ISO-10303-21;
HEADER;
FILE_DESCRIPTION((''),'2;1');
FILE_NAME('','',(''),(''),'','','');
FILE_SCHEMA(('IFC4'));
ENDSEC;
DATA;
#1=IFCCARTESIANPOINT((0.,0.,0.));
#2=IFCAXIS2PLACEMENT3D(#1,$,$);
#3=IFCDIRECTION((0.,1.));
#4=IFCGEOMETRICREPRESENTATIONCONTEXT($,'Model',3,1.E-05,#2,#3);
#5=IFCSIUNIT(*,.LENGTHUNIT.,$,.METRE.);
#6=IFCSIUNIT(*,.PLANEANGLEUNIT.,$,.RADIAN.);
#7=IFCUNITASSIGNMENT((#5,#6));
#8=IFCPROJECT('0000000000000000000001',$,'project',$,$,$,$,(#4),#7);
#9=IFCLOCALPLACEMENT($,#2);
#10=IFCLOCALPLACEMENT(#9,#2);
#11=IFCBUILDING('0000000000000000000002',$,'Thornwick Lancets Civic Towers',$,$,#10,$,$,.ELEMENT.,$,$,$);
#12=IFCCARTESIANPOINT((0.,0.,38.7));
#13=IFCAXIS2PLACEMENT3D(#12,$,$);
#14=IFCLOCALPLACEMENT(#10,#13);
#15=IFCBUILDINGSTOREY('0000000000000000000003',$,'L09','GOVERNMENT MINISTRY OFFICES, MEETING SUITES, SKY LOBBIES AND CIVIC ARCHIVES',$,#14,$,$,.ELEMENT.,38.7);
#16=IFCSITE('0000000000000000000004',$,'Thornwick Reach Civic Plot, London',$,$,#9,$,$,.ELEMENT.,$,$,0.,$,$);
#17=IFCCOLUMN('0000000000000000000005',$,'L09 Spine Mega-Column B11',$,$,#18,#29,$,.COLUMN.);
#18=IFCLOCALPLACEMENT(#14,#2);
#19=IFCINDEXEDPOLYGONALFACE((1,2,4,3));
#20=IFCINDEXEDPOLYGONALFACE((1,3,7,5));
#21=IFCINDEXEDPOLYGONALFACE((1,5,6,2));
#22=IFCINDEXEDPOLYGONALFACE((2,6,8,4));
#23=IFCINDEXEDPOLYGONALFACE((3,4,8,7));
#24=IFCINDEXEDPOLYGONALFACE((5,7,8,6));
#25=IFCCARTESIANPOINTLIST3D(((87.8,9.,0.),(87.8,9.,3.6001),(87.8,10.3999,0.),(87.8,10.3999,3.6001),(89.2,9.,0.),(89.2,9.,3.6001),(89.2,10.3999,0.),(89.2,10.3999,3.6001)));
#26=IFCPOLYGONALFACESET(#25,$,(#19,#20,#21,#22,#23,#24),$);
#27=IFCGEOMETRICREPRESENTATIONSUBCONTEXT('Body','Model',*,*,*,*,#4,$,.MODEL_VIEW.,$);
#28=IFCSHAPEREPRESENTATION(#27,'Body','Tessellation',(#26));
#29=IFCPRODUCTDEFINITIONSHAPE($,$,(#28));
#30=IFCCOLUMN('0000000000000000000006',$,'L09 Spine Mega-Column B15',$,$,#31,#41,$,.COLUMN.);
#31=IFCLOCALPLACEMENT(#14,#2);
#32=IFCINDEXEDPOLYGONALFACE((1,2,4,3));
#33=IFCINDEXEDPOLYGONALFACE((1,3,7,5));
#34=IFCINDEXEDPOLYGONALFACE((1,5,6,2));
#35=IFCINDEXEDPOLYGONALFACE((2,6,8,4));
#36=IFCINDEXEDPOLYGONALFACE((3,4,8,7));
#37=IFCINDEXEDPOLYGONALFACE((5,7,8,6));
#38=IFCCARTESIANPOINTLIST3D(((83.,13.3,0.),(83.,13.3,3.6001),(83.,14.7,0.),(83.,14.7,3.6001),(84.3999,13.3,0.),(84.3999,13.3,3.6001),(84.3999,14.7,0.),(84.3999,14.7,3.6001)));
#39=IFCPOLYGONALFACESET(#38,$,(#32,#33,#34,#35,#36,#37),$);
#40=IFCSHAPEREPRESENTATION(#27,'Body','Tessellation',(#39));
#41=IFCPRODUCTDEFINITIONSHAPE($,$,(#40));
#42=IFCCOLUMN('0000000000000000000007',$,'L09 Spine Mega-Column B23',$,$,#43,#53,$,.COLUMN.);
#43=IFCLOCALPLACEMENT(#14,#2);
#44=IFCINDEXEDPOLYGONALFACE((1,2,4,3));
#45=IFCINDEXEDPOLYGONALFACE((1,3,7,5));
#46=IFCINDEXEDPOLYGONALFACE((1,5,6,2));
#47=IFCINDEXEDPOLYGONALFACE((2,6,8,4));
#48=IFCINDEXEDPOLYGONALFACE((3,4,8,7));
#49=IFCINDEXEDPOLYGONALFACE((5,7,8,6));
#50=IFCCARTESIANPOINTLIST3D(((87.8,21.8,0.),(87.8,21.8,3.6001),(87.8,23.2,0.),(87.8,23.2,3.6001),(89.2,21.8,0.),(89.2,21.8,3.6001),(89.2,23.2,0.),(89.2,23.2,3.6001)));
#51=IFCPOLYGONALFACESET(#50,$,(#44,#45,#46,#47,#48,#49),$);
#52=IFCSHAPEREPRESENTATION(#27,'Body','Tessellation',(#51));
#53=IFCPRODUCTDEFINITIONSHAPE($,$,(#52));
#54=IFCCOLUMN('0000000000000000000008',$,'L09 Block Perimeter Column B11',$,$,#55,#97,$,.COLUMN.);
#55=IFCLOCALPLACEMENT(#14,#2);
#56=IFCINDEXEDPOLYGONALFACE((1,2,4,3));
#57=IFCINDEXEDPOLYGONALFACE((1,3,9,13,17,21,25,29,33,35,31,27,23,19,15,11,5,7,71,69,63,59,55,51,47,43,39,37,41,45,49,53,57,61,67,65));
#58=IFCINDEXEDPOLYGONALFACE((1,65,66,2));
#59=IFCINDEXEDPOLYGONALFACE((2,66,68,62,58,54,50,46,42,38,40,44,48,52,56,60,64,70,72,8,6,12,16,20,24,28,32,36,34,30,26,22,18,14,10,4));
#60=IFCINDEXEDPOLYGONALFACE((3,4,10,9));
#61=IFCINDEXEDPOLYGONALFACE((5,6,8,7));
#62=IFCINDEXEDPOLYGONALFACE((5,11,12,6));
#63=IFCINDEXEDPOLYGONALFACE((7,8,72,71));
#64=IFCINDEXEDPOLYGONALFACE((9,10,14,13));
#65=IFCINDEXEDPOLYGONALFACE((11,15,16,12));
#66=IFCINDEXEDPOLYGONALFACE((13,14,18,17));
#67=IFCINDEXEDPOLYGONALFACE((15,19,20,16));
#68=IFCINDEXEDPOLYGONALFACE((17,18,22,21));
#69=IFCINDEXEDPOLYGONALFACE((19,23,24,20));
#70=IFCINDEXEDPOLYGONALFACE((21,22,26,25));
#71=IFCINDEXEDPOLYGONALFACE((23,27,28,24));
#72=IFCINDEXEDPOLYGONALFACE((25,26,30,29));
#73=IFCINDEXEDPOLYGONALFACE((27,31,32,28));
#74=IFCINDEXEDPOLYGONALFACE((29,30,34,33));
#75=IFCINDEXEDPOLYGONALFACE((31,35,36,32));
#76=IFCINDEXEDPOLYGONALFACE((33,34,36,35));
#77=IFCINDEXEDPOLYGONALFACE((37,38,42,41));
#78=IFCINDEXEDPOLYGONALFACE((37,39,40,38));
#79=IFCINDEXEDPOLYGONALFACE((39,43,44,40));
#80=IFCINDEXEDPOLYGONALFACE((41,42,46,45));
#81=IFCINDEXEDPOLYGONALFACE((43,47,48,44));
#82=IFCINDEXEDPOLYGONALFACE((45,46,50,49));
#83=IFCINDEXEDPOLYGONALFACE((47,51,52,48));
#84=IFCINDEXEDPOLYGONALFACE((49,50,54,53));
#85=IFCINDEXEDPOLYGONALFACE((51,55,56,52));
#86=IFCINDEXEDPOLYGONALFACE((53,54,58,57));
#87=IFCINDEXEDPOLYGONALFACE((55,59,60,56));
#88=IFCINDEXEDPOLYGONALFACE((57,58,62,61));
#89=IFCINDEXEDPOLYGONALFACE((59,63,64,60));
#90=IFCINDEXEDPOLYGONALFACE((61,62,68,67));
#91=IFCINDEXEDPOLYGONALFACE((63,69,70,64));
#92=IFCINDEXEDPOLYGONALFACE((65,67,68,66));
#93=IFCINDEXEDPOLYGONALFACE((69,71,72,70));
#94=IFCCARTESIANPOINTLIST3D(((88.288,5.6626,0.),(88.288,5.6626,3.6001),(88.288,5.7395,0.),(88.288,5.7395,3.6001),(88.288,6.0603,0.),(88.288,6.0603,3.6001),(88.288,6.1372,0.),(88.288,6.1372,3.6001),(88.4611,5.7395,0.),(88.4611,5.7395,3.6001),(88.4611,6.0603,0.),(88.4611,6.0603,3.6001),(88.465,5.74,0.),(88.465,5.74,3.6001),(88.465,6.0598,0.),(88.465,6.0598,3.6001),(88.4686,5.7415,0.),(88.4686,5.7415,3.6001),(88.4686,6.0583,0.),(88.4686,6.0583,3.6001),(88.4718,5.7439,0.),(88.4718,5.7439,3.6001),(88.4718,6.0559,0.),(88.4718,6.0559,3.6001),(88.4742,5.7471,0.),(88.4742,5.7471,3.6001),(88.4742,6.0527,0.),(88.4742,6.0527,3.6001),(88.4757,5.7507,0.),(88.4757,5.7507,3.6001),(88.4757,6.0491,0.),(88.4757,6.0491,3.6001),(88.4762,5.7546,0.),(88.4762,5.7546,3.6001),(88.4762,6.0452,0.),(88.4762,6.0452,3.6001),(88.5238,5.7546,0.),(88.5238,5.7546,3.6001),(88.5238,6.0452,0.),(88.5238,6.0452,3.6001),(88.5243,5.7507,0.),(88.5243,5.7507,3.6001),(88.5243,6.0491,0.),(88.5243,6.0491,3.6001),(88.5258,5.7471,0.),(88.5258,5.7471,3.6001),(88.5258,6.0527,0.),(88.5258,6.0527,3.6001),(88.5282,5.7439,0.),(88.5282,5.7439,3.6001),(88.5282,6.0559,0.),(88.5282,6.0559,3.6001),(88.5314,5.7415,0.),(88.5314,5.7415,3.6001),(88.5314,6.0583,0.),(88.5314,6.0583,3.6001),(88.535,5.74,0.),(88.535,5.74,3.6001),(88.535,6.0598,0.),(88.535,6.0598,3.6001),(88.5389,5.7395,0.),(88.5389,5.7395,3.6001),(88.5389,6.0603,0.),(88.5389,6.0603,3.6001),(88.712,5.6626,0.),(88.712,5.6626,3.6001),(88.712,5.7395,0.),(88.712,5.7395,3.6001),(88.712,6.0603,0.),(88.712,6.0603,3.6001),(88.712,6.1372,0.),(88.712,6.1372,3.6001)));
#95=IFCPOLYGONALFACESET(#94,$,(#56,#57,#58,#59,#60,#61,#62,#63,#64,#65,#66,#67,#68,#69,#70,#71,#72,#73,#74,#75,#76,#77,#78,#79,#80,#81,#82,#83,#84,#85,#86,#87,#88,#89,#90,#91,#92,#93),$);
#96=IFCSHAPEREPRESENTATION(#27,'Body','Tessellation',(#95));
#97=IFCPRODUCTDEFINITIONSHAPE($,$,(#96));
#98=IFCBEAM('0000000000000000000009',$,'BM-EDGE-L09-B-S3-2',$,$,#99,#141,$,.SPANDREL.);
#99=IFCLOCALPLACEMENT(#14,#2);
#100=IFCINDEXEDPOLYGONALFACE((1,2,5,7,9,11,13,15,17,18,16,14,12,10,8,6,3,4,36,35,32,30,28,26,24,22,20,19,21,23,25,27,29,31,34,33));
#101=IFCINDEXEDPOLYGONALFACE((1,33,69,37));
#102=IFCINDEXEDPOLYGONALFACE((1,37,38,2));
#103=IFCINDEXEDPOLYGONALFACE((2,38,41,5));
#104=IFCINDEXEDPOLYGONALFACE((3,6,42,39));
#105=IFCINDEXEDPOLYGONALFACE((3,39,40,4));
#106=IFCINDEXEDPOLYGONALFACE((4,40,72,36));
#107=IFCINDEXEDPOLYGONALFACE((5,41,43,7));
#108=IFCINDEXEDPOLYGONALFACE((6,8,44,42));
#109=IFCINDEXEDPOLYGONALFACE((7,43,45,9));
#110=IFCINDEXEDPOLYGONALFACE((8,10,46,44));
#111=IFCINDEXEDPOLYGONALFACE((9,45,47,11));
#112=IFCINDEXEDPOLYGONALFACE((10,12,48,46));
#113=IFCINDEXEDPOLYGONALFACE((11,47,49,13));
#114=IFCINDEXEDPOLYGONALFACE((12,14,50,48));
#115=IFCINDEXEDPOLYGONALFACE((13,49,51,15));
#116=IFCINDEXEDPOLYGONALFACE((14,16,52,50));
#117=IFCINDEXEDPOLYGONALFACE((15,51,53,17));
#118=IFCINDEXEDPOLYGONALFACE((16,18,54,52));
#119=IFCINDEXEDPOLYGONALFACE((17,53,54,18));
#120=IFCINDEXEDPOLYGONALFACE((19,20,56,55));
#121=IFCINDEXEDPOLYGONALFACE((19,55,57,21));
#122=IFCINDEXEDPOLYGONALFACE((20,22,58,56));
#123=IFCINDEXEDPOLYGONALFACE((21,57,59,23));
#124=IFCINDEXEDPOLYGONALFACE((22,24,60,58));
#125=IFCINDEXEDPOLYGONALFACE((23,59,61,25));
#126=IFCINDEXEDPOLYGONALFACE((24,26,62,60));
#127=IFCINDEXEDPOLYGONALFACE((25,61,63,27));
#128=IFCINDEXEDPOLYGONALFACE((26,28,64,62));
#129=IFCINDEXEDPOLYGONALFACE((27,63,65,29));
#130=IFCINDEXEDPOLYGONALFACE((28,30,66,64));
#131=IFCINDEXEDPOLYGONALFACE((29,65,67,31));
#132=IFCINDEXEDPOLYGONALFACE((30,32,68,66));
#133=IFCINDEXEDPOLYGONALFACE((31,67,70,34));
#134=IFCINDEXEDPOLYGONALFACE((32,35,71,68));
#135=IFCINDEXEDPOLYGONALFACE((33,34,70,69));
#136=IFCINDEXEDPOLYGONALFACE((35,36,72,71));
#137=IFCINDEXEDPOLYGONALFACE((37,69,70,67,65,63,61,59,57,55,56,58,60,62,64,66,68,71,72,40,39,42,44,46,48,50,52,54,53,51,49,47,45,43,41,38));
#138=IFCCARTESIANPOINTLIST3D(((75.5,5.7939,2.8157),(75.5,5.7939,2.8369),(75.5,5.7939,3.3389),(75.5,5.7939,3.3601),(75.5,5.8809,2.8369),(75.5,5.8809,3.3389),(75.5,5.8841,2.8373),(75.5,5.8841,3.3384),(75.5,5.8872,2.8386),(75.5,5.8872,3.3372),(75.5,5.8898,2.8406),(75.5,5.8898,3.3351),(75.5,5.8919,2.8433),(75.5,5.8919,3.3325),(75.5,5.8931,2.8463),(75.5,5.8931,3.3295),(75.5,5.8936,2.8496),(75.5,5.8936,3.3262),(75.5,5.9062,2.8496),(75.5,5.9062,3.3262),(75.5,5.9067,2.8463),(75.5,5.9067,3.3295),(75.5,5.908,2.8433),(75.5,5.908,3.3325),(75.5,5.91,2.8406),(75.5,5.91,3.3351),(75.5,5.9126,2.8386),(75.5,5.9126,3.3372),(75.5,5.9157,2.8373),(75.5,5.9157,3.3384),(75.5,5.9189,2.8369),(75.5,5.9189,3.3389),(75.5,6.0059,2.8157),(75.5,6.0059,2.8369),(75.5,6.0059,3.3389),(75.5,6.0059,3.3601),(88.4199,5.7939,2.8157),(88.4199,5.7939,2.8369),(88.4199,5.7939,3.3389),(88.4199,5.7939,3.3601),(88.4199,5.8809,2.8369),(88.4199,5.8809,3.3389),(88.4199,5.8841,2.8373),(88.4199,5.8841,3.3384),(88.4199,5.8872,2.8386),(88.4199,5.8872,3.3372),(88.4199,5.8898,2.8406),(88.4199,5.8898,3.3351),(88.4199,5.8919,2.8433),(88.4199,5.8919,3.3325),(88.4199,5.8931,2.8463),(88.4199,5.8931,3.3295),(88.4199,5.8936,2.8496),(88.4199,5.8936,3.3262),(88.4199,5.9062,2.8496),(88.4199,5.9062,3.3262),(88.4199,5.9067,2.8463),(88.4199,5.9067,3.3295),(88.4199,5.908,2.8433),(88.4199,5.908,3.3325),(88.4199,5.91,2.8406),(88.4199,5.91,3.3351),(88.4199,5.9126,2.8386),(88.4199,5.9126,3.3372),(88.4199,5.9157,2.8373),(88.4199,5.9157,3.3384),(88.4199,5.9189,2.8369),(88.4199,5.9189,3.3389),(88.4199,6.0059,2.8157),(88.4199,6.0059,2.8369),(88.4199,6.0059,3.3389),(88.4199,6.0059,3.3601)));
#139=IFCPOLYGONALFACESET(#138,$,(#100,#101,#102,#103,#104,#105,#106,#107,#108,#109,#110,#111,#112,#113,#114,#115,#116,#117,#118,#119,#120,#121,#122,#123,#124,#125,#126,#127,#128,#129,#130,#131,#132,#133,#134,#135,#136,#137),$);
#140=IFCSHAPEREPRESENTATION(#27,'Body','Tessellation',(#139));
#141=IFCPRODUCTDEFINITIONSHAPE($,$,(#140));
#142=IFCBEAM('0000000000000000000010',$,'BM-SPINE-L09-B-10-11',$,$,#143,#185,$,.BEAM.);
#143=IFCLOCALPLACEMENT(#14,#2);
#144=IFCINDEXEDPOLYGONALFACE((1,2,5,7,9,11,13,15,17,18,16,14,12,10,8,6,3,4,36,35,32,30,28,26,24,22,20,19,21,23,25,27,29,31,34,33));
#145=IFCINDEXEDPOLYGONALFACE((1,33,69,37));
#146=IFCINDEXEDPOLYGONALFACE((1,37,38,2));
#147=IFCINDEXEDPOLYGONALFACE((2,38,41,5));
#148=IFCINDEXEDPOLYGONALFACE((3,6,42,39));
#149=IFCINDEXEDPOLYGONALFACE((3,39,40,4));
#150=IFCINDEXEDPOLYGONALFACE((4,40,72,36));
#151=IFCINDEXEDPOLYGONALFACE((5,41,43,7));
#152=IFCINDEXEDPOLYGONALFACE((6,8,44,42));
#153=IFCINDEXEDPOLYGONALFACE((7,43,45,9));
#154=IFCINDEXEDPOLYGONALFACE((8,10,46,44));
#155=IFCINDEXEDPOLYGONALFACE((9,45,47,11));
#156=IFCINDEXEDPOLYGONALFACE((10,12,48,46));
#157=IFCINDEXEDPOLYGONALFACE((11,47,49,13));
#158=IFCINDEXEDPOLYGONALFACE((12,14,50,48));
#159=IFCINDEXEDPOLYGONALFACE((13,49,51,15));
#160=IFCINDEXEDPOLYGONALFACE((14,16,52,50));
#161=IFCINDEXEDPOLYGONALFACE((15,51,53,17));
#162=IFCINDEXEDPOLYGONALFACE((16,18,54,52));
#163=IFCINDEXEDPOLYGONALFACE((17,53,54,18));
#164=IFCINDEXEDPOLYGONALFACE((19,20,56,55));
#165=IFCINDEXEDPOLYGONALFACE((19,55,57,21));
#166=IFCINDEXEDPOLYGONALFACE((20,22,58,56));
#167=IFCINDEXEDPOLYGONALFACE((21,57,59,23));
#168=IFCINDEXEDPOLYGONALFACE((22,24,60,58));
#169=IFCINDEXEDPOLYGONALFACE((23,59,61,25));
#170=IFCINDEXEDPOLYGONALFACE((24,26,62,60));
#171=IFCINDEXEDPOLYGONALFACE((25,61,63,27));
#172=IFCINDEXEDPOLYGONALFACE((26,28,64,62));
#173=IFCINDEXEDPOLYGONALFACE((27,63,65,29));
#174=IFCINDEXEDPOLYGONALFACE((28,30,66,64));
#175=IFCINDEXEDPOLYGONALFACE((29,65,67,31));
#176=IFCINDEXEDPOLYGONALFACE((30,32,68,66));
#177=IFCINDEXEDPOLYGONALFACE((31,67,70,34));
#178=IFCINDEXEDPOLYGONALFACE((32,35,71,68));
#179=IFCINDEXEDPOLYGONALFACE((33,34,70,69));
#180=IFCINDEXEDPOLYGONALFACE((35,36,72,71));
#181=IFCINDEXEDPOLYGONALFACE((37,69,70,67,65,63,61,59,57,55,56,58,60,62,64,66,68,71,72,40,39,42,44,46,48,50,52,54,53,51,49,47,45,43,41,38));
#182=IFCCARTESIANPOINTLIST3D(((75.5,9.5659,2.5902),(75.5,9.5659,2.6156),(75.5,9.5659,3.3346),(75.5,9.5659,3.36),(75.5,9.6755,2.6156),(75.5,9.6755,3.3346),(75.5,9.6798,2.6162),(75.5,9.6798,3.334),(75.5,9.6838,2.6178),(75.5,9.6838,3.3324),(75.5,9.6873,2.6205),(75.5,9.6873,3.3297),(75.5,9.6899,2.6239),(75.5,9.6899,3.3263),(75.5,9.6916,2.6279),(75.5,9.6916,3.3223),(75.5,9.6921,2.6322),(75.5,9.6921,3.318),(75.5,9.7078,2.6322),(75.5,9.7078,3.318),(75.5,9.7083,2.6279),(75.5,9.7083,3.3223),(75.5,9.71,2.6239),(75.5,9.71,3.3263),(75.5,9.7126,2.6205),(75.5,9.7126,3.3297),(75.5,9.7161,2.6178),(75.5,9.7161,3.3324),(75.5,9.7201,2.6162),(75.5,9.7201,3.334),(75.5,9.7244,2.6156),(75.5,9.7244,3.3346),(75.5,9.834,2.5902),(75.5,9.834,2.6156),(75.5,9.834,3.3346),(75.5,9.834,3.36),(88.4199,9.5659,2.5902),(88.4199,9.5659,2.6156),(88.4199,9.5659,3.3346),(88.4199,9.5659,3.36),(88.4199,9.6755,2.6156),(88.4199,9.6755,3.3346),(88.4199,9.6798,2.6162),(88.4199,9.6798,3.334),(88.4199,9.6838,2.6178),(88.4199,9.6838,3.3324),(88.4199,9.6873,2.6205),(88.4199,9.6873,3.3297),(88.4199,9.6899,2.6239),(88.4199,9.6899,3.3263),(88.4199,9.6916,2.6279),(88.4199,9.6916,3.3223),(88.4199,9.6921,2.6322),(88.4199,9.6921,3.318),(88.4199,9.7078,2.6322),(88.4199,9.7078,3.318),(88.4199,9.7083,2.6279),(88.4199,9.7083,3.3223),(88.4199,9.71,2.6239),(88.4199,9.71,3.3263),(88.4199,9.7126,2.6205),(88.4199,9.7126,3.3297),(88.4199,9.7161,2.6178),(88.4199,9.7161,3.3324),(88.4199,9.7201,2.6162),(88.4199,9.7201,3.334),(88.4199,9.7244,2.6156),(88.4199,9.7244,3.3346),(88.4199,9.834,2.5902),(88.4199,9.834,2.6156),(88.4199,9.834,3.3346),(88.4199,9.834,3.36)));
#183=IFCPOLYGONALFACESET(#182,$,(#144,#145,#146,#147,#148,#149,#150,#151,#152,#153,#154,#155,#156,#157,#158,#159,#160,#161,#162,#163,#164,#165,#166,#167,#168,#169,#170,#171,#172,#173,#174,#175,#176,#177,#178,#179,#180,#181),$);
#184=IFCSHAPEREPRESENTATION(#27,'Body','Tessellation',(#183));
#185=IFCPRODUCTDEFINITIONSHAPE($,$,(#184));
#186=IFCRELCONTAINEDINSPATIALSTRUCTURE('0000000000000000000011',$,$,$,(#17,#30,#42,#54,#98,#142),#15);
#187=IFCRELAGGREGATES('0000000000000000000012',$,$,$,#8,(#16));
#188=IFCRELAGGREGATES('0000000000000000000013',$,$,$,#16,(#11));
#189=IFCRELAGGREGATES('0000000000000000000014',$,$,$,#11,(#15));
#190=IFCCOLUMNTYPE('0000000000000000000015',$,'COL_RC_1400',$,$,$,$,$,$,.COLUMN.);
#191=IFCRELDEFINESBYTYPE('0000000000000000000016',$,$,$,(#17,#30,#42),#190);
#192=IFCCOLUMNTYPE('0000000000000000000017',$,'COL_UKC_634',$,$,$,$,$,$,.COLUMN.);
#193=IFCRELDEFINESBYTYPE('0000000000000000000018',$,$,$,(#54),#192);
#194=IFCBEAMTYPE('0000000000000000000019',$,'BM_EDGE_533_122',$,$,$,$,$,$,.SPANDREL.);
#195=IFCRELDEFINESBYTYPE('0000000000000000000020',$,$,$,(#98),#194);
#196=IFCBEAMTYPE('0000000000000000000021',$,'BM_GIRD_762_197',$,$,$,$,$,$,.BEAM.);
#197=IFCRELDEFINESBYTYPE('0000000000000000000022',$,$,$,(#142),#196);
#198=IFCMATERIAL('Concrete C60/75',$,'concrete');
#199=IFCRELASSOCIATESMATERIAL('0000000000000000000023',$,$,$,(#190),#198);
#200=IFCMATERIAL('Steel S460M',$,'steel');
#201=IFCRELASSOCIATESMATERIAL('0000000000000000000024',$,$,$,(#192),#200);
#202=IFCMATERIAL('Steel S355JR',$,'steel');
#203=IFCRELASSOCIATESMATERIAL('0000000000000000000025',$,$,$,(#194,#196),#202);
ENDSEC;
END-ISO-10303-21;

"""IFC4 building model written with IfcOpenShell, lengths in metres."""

from ifc_helpers import new_model, si_unit, direction, frame, origin, origin_2d, place, context, subcontext, project, spatial, rectangle, i_section, extrude, material, material_profile, profile_set, type_object, element, save


model = new_model("IFC4")

# Units and contexts
model_context = context("Model", 3, precision=1e-05, world=origin(), true_north=direction((0.0, 1.0)))
body_context = subcontext(model_context, "Body", "Model", "MODEL_VIEW")
ifc_project = project(units=[si_unit("LENGTHUNIT", "METRE"), si_unit("PLANEANGLEUNIT", "RADIAN")], contexts=[model_context])

# Site, building, storey
site_placement = place(None, origin())
site = spatial("IfcSite", under=ifc_project, at=site_placement, Name="Thornwick Reach Civic Plot, London", CompositionType="ELEMENT", RefElevation=0.0)
building_placement = place(site_placement, origin())
building = spatial("IfcBuilding", under=site, at=building_placement, Name="Thornwick Lancets Civic Towers", CompositionType="ELEMENT")
storey_placement = place(building_placement, frame((0.0, 0.0, 38.7)))
storey = spatial("IfcBuildingStorey", under=building, at=storey_placement, Name="L09", Description="GOVERNMENT MINISTRY OFFICES, MEETING SUITES, SKY LOBBIES AND CIVIC ARCHIVES", CompositionType="ELEMENT", Elevation=38.7)

# Columns
ifc_material_1 = material(Name="Concrete C60/75", Category="concrete")
ifc_material_profile_1 = material_profile(ifc_material_1, rectangle(XDim=1.3999, YDim=1.3999, at=origin_2d()), Name="RC 1400x1400")
ifc_profile_set_1 = profile_set([ifc_material_profile_1], Name="Concrete C60/75")
column_type_1 = type_object("IfcColumnType", Name="COL_RC_1400", PredefinedType="COLUMN", material=ifc_profile_set_1)
for number, where, z_axis, x_axis, name in (
    (1, (88.5, 9.7, 0.0), (0.0, 0.0, 1.0), (1.0, 0.0, 0.0), "L09 Spine Mega-Column B11"),
    (2, (83.7, 14.0, 0.0), (0.0, 0.0, 1.0), (1.0, 0.0, 0.0), "L09 Spine Mega-Column B15"),
    (3, (88.5, 22.5, 0.0), (0.0, 0.0, 1.0), (1.0, 0.0, 0.0), "L09 Spine Mega-Column B23"),
):
    element("IfcColumn", number, at=place(storey_placement, frame(where, z_axis=z_axis, x_axis=x_axis)), inside=storey, type_object=column_type_1, Name=name, PredefinedType="COLUMN", context=body_context, shape_type="SweptSolid", body=[
        extrude(rectangle(XDim=1.3999, YDim=1.3999, at=origin_2d()), origin(), (0.0, 0.0, 1.0), 3.6001),
    ])
ifc_material_2 = material(Name="Steel S460M", Category="steel")
ifc_material_profile_2 = material_profile(ifc_material_2, i_section(OverallWidth=0.4241, OverallDepth=0.4746, WebThickness=0.0476, FlangeThickness=0.0769, FilletRadius=0.0151, at=origin_2d()), Name="UKC 356x406x634")
ifc_profile_set_2 = profile_set([ifc_material_profile_2], Name="Steel S460M")
column_type_2 = type_object("IfcColumnType", Name="COL_UKC_634", PredefinedType="COLUMN", material=ifc_profile_set_2)
column_placement = place(storey_placement, frame((88.5, 5.8999, 0.0), z_axis=(0.0, 0.0, 1.0), x_axis=(1.0, 0.0, 0.0)))
element("IfcColumn", 4, at=column_placement, inside=storey, type_object=column_type_2, Name="L09 Block Perimeter Column B11", PredefinedType="COLUMN", context=body_context, shape_type="SweptSolid", body=[
    extrude(i_section(OverallWidth=0.4241, OverallDepth=0.4746, WebThickness=0.0476, FlangeThickness=0.0769, FilletRadius=0.0151, at=origin_2d()), origin(), (0.0, 0.0, 1.0), 3.6001),
])

# Beams
ifc_material_3 = material(Name="Steel S355JR", Category="steel")
ifc_material_profile_3 = material_profile(ifc_material_3, i_section(OverallWidth=0.2119, OverallDepth=0.5444, WebThickness=0.0127, FlangeThickness=0.0212, FilletRadius=0.0127, at=origin_2d()), Name="UKB 533x210x122")
ifc_profile_set_3 = profile_set([ifc_material_profile_3], Name="Steel S355JR")
beam_type_1 = type_object("IfcBeamType", Name="BM_EDGE_533_122", PredefinedType="SPANDREL", material=ifc_profile_set_3)
beam_1_placement = place(storey_placement, frame((88.4199, 5.8999, 3.0879), z_axis=(-1.0, 0.0, 0.0), x_axis=(0.0, -1.0, 0.0)))
element("IfcBeam", 5, at=beam_1_placement, inside=storey, type_object=beam_type_1, Name="BM-EDGE-L09-B-S3-2", PredefinedType="SPANDREL", context=body_context, shape_type="SweptSolid", body=[
    extrude(i_section(OverallWidth=0.2119, OverallDepth=0.5444, WebThickness=0.0127, FlangeThickness=0.0212, FilletRadius=0.0127, at=origin_2d()), origin(), (0.0, 0.0, 1.0), 12.9199),
])
ifc_material_profile_4 = material_profile(ifc_material_3, i_section(OverallWidth=0.2681, OverallDepth=0.7698, WebThickness=0.0156, FlangeThickness=0.0254, FilletRadius=0.0166, at=origin_2d()), Name="UKB 762x267x197")
ifc_profile_set_4 = profile_set([ifc_material_profile_4], Name="Steel S355JR")
beam_type_2 = type_object("IfcBeamType", Name="BM_GIRD_762_197", PredefinedType="BEAM", material=ifc_profile_set_4)
beam_2_placement = place(storey_placement, frame((88.4199, 9.7, 2.9751), z_axis=(-1.0, 0.0, 0.0), x_axis=(0.0, -1.0, 0.0)))
element("IfcBeam", 6, at=beam_2_placement, inside=storey, type_object=beam_type_2, Name="BM-SPINE-L09-B-10-11", PredefinedType="BEAM", context=body_context, shape_type="SweptSolid", body=[
    extrude(i_section(OverallWidth=0.2681, OverallDepth=0.7698, WebThickness=0.0156, FlangeThickness=0.0254, FilletRadius=0.0166, at=origin_2d()), origin(), (0.0, 0.0, 1.0), 12.9199),
])

save(model, "model.ifc")
